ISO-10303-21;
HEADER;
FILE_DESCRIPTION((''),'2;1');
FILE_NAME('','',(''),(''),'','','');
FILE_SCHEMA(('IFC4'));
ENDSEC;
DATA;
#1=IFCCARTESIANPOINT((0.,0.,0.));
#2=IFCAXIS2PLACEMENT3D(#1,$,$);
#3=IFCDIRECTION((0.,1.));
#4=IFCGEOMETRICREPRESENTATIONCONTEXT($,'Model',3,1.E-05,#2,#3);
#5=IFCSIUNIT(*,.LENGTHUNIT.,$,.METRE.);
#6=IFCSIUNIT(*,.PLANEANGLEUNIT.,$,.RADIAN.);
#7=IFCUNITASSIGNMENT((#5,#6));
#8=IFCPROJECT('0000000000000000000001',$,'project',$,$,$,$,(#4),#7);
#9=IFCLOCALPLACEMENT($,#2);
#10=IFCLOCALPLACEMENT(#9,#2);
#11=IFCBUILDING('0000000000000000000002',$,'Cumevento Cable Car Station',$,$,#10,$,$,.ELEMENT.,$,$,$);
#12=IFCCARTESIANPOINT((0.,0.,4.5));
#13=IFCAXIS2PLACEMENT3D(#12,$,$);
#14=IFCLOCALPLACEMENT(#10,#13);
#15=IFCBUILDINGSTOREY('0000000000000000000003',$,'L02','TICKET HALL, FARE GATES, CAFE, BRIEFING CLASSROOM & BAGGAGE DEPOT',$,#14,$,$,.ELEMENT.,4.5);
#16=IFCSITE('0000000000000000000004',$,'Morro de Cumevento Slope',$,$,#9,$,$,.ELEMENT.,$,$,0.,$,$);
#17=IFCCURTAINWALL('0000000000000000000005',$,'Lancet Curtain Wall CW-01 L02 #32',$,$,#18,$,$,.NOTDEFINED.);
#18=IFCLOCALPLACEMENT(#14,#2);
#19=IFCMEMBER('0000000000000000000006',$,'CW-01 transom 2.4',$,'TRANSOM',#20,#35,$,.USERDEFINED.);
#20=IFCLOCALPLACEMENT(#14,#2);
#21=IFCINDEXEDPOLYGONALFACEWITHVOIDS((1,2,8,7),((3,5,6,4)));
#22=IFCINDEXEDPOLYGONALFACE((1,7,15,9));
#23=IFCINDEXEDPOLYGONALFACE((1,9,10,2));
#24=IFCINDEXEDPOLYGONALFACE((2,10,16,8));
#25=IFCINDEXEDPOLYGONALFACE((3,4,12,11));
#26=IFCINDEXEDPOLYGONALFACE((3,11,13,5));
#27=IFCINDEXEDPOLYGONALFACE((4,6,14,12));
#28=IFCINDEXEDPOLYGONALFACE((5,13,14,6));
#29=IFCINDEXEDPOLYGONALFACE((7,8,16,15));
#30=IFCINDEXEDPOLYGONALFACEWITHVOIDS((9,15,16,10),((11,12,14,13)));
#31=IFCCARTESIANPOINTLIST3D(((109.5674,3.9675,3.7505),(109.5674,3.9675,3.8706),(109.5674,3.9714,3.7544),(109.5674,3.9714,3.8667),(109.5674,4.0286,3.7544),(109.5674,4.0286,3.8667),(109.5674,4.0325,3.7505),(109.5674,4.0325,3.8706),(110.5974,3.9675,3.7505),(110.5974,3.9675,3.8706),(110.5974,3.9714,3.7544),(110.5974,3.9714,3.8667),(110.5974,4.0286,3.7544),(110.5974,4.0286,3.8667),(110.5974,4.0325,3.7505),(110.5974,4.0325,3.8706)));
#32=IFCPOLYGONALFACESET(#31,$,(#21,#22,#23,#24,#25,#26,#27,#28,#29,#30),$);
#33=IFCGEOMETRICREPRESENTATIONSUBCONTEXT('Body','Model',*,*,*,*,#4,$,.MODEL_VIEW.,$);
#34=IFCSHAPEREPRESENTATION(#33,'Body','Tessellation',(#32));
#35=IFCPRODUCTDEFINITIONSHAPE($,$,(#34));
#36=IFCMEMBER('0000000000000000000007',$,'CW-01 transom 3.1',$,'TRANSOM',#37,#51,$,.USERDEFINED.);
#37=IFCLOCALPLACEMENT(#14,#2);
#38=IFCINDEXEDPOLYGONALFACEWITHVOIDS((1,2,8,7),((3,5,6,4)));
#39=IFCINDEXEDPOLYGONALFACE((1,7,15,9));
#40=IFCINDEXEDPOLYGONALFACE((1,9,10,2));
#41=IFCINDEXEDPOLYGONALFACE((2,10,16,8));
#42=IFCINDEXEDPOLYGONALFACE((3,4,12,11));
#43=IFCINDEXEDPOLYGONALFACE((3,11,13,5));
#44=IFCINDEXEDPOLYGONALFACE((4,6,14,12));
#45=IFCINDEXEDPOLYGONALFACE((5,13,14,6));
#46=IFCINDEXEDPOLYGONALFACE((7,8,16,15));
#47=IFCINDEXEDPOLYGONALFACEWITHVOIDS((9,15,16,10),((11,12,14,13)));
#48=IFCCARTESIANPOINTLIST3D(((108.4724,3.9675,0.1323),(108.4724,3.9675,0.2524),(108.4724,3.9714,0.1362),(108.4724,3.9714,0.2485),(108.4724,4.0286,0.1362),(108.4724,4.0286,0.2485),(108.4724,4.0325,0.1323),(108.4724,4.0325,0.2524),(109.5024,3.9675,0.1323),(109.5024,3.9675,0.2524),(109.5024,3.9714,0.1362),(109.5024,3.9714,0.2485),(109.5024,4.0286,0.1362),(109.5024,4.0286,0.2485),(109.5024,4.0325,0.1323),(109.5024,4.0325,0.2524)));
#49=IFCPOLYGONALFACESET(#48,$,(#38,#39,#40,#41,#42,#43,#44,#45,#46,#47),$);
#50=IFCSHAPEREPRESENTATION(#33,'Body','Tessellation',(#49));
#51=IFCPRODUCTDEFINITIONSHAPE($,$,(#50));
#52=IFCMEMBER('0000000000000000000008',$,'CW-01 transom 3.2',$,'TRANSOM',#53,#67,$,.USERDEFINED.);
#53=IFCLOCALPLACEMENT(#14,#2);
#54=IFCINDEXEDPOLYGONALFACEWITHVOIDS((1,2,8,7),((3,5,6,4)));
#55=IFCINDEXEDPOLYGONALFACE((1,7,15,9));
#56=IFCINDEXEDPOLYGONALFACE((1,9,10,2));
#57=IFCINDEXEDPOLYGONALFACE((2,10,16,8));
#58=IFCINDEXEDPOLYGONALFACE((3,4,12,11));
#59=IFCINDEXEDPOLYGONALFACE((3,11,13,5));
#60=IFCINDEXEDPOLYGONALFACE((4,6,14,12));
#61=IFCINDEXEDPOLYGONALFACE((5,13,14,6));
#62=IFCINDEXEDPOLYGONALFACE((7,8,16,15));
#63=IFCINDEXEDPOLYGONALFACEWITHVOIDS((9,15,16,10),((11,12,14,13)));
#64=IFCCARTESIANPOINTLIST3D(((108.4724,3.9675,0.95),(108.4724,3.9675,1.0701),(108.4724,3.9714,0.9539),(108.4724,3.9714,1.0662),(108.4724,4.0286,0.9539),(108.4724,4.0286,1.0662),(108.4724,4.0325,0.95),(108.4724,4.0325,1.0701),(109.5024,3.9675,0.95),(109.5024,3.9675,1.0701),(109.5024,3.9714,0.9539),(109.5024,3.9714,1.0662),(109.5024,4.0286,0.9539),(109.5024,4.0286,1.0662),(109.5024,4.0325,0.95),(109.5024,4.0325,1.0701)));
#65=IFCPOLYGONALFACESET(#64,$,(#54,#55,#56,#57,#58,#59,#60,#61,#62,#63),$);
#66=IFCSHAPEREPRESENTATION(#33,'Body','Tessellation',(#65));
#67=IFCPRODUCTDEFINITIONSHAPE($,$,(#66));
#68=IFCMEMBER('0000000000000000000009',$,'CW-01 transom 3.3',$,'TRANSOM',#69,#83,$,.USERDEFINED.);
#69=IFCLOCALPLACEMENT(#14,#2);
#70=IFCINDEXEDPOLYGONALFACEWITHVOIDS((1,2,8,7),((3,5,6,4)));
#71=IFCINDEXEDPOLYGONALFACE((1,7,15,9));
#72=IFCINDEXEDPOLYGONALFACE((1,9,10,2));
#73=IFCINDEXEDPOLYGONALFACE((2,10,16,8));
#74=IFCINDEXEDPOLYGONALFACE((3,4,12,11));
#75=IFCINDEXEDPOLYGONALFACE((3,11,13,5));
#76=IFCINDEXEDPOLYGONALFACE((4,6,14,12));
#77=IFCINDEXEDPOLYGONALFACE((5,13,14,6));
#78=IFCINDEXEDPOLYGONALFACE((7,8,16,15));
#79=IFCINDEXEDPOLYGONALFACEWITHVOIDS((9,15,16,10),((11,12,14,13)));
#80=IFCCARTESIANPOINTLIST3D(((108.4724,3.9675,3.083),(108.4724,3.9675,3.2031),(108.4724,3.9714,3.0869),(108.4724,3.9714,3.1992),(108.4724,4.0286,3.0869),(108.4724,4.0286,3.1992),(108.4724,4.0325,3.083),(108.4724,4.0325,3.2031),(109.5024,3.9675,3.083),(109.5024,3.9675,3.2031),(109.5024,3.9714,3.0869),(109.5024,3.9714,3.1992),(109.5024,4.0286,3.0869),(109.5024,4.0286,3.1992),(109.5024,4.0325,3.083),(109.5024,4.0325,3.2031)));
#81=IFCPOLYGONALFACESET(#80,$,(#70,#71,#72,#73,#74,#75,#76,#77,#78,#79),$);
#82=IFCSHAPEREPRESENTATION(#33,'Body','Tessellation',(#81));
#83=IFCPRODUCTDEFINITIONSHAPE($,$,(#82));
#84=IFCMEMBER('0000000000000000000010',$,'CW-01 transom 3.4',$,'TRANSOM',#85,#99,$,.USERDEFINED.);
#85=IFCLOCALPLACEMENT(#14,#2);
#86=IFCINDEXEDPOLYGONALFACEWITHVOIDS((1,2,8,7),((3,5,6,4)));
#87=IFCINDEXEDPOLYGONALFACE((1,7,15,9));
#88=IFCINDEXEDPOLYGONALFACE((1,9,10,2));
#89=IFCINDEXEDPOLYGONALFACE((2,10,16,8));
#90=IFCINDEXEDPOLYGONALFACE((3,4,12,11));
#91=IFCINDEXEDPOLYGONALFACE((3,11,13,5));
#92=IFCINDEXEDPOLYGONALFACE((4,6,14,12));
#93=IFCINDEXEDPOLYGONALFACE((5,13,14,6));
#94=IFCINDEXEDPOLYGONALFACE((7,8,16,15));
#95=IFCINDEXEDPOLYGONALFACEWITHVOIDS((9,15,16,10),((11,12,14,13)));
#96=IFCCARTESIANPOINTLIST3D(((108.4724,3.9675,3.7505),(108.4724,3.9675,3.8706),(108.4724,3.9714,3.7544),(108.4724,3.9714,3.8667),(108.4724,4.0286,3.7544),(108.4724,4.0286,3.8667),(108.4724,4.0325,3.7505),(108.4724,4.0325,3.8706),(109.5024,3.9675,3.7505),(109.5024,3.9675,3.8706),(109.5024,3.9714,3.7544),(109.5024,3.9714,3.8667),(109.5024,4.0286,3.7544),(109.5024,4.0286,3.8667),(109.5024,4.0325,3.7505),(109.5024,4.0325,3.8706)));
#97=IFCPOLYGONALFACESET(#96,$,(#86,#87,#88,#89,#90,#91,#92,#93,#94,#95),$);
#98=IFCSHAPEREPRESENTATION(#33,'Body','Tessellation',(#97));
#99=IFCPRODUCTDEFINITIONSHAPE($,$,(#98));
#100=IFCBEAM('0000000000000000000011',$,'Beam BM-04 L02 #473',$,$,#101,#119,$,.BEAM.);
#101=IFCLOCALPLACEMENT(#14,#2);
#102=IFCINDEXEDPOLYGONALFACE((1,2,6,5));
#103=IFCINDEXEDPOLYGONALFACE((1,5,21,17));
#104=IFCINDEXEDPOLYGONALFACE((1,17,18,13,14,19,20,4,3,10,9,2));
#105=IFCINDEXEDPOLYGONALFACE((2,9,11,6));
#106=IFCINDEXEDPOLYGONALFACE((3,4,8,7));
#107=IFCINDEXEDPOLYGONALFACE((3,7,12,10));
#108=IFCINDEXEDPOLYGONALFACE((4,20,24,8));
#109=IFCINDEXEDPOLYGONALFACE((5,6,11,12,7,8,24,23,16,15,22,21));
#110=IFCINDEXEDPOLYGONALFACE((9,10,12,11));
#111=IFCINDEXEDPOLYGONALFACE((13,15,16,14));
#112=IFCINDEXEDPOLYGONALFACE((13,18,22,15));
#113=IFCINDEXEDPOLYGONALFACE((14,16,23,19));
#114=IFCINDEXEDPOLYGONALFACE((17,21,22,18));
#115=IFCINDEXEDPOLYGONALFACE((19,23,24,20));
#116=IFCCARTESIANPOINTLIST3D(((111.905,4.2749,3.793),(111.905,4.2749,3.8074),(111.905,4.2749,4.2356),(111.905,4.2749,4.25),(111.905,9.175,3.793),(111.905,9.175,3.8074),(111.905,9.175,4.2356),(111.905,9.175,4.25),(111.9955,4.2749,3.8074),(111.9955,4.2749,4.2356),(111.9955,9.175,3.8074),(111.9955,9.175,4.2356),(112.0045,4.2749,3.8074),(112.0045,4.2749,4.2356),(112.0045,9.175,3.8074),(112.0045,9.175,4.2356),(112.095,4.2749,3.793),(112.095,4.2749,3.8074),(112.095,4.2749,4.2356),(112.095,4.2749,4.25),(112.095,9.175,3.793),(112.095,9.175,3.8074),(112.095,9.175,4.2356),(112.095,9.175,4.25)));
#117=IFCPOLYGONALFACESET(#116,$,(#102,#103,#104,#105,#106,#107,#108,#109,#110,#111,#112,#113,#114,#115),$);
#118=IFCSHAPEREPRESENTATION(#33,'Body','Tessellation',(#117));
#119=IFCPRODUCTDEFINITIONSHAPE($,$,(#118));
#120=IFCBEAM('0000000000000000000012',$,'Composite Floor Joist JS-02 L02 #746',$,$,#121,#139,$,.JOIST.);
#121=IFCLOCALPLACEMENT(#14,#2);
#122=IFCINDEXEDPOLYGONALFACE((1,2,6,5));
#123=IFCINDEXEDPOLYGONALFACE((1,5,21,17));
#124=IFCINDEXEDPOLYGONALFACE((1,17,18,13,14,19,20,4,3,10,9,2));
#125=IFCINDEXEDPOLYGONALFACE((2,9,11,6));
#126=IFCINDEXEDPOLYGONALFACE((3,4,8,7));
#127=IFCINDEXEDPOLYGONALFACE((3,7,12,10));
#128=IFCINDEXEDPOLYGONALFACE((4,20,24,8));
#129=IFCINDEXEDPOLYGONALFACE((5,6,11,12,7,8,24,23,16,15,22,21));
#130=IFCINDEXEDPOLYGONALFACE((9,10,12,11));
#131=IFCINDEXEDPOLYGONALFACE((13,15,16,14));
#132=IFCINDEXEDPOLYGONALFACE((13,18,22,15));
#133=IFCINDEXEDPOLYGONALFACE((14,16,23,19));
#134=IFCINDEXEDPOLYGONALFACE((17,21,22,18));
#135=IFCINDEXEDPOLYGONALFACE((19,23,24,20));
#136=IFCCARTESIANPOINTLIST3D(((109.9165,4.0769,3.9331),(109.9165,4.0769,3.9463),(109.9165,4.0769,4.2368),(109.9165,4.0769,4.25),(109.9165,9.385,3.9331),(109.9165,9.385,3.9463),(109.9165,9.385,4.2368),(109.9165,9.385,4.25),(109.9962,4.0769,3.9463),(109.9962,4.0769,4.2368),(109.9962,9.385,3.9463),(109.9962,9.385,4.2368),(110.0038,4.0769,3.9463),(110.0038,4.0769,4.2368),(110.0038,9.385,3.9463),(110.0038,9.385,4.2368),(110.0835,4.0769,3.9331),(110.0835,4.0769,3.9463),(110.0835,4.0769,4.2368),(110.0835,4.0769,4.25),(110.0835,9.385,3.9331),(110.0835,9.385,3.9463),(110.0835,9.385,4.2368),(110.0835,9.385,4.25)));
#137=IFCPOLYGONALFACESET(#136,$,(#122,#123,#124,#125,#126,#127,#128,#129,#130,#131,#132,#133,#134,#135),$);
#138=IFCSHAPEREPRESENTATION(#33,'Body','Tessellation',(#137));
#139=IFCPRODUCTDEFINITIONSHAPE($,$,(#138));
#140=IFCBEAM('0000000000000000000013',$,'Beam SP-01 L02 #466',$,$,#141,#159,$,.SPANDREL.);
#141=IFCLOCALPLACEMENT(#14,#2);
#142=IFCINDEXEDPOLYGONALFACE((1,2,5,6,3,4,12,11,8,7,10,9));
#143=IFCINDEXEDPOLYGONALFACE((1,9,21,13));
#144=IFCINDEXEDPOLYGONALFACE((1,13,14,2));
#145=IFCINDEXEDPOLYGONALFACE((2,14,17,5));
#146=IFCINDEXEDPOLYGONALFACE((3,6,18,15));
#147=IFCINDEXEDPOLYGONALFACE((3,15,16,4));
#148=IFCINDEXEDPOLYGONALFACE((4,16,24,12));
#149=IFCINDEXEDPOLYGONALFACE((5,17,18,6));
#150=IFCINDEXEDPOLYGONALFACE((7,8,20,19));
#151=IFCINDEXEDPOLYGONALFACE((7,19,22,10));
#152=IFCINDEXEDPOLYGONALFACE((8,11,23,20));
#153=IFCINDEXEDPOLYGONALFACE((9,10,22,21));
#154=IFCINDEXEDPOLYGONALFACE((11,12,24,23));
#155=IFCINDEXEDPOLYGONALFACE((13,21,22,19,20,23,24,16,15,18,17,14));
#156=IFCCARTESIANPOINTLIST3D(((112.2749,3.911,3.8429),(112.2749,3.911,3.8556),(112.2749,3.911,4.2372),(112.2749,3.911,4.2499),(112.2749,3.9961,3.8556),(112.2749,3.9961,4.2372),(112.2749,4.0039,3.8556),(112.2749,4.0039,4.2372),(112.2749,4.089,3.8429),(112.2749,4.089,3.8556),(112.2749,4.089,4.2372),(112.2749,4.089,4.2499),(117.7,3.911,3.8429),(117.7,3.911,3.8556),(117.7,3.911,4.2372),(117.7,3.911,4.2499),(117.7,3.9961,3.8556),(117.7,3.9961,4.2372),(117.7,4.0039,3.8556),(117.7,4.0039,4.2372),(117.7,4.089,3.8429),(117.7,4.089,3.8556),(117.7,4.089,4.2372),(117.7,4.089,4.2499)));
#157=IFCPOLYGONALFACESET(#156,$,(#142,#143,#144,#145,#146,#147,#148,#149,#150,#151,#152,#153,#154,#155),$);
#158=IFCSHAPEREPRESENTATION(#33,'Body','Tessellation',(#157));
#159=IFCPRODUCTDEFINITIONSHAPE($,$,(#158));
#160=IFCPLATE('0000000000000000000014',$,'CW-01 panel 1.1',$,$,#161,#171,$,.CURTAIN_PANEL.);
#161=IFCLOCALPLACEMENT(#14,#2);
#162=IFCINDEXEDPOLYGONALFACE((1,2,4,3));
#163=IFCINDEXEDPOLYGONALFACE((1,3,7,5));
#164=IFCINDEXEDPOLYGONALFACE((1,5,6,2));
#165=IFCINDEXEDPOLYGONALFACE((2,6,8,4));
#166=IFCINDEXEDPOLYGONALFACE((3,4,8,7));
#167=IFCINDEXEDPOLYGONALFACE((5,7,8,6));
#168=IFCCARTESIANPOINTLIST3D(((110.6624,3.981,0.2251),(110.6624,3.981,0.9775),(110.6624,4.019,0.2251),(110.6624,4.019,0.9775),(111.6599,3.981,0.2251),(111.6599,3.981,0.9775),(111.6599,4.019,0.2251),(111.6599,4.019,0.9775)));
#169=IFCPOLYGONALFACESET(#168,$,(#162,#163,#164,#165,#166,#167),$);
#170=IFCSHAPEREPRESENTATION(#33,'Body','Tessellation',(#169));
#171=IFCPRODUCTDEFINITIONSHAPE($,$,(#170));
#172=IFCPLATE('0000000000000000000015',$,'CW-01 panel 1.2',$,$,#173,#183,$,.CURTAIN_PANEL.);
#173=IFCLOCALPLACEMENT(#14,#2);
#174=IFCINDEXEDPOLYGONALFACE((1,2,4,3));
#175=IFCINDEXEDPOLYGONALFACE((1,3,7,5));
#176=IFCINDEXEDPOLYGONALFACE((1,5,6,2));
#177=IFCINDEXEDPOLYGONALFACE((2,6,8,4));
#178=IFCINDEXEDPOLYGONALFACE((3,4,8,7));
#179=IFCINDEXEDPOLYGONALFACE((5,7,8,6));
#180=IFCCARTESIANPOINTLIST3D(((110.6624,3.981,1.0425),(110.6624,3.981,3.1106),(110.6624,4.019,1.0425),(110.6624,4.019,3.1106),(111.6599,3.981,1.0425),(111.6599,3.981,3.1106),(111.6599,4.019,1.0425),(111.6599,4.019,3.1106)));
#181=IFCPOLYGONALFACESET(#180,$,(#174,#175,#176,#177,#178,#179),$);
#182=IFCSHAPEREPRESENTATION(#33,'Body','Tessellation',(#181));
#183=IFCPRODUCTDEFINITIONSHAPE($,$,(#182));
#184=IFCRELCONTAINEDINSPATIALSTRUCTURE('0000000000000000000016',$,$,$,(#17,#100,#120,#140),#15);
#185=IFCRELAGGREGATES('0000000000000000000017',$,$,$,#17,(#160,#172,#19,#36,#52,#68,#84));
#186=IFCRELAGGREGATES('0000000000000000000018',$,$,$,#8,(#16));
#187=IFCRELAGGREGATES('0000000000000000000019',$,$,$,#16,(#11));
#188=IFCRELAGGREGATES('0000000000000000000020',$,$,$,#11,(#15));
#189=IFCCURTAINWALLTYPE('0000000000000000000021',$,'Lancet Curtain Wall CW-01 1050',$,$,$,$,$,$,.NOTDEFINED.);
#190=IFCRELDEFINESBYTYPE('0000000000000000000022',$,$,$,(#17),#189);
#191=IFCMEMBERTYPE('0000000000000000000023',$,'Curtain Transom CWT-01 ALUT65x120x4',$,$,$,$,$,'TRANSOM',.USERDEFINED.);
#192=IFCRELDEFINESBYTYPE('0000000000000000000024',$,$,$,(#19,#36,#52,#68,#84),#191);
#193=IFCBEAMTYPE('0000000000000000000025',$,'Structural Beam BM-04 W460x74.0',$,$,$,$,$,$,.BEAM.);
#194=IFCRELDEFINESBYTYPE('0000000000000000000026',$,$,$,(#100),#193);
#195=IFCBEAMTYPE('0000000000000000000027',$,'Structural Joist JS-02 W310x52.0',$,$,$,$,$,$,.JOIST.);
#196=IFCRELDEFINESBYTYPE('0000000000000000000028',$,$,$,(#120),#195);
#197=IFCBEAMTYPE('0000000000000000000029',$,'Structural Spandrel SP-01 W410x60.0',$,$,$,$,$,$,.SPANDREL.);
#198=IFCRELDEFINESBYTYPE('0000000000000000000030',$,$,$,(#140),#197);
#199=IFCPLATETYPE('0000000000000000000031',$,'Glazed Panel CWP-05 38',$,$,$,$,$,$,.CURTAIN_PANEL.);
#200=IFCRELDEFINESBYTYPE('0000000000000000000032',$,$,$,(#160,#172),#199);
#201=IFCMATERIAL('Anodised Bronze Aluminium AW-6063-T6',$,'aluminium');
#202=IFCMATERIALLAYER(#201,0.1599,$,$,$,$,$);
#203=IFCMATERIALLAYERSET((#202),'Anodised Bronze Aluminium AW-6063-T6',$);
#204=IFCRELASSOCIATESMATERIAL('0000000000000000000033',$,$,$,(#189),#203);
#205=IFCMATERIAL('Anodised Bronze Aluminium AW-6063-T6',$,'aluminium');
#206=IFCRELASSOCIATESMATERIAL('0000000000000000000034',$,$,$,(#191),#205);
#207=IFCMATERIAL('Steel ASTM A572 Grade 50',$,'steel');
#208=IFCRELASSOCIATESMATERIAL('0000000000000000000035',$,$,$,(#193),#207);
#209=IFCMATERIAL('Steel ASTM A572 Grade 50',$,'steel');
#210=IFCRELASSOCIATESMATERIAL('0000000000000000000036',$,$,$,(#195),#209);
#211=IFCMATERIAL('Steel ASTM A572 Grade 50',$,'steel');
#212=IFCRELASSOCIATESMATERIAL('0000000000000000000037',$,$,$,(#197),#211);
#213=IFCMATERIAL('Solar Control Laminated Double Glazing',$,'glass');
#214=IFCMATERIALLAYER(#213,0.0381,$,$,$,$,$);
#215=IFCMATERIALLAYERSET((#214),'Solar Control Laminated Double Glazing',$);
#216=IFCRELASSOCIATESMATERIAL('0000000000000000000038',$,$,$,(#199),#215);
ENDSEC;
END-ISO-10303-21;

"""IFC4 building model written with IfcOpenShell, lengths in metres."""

from ifc_helpers import new_model, si_unit, direction, frame, origin, origin_2d, place, context, subcontext, project, spatial, rectangle, hollow_rectangle, i_section, extrude, material, layer, layer_set, material_profile, profile_set, type_object, element, aggregate, save


model = new_model("IFC4")

# Units and contexts
model_context = context("Model", 3, precision=1e-05, world=origin(), true_north=direction((0.0, 1.0)))
body_context = subcontext(model_context, "Body", "Model", "MODEL_VIEW")
ifc_project = project(units=[si_unit("LENGTHUNIT", "METRE"), si_unit("PLANEANGLEUNIT", "RADIAN")], contexts=[model_context])

# Site, building, storey
site_placement = place(None, origin())
site = spatial("IfcSite", under=ifc_project, at=site_placement, Name="Morro de Cumevento Slope", CompositionType="ELEMENT", RefElevation=0.0)
building_placement = place(site_placement, origin())
building = spatial("IfcBuilding", under=site, at=building_placement, Name="Cumevento Cable Car Station", CompositionType="ELEMENT")
storey_placement = place(building_placement, frame((0.0, 0.0, 4.5)))
storey = spatial("IfcBuildingStorey", under=building, at=storey_placement, Name="L02", Description="TICKET HALL, FARE GATES, CAFE, BRIEFING CLASSROOM & BAGGAGE DEPOT", CompositionType="ELEMENT", Elevation=4.5)

# Curtain wall, members
ifc_material_1 = material(Name="Anodised Bronze Aluminium AW-6063-T6", Category="aluminium")
ifc_layer_1 = layer(ifc_material_1, 0.1599)
ifc_layer_set_1 = layer_set([ifc_layer_1], Name="Anodised Bronze Aluminium AW-6063-T6")
curtain_wall_type = type_object("IfcCurtainWallType", Name="Lancet Curtain Wall CW-01 1050", PredefinedType="NOTDEFINED", material=ifc_layer_set_1)
curtain_wall_placement = place(storey_placement, origin())
curtain_wall = element("IfcCurtainWall", 1, at=curtain_wall_placement, inside=storey, type_object=curtain_wall_type, Name="Lancet Curtain Wall CW-01 L02 #32", PredefinedType="NOTDEFINED")
ifc_material_2 = material(Name="Anodised Bronze Aluminium AW-6063-T6", Category="aluminium")
ifc_material_profile_1 = material_profile(ifc_material_2, hollow_rectangle(XDim=0.0649, YDim=0.1201, WallThickness=0.0039, at=origin_2d()), Name="ALUT65x120x4")
ifc_profile_set_1 = profile_set([ifc_material_profile_1], Name="Anodised Bronze Aluminium AW-6063-T6")
member_type_1 = type_object("IfcMemberType", Name="Curtain Transom CWT-01 ALUT65x120x4", ElementType="TRANSOM", PredefinedType="USERDEFINED", material=ifc_profile_set_1)
member_1_placement = place(storey_placement, frame((110.5974, 4.0, 3.8105), z_axis=(-1.0, 0.0, 0.0), x_axis=(0.0, -1.0, 0.0)))
member_1 = element("IfcMember", 2, at=member_1_placement, type_object=member_type_1, Name="CW-01 transom 2.4", ObjectType="TRANSOM", PredefinedType="USERDEFINED", context=body_context, shape_type="SweptSolid", body=[
    extrude(hollow_rectangle(XDim=0.0649, YDim=0.1201, WallThickness=0.0039, at=origin_2d()), origin(), (0.0, 0.0, 1.0), 1.03),
])
member_2_placement = place(storey_placement, frame((109.5024, 4.0, 0.1924), z_axis=(-1.0, 0.0, 0.0), x_axis=(0.0, -1.0, 0.0)))
member_2 = element("IfcMember", 3, at=member_2_placement, type_object=member_type_1, Name="CW-01 transom 3.1", ObjectType="TRANSOM", PredefinedType="USERDEFINED", context=body_context, shape_type="SweptSolid", body=[
    extrude(hollow_rectangle(XDim=0.0649, YDim=0.1201, WallThickness=0.0039, at=origin_2d()), origin(), (0.0, 0.0, 1.0), 1.03),
])
member_3_placement = place(storey_placement, frame((109.5024, 4.0, 1.01), z_axis=(-1.0, 0.0, 0.0), x_axis=(0.0, -1.0, 0.0)))
member_3 = element("IfcMember", 4, at=member_3_placement, type_object=member_type_1, Name="CW-01 transom 3.2", ObjectType="TRANSOM", PredefinedType="USERDEFINED", context=body_context, shape_type="SweptSolid", body=[
    extrude(hollow_rectangle(XDim=0.0649, YDim=0.1201, WallThickness=0.0039, at=origin_2d()), origin(), (0.0, 0.0, 1.0), 1.03),
])
member_4_placement = place(storey_placement, frame((109.5024, 4.0, 3.1431), z_axis=(-1.0, 0.0, 0.0), x_axis=(0.0, -1.0, 0.0)))
member_4 = element("IfcMember", 5, at=member_4_placement, type_object=member_type_1, Name="CW-01 transom 3.3", ObjectType="TRANSOM", PredefinedType="USERDEFINED", context=body_context, shape_type="SweptSolid", body=[
    extrude(hollow_rectangle(XDim=0.0649, YDim=0.1201, WallThickness=0.0039, at=origin_2d()), origin(), (0.0, 0.0, 1.0), 1.03),
])
member_5_placement = place(storey_placement, frame((109.5024, 4.0, 3.8105), z_axis=(-1.0, 0.0, 0.0), x_axis=(0.0, -1.0, 0.0)))
member_5 = element("IfcMember", 6, at=member_5_placement, type_object=member_type_1, Name="CW-01 transom 3.4", ObjectType="TRANSOM", PredefinedType="USERDEFINED", context=body_context, shape_type="SweptSolid", body=[
    extrude(hollow_rectangle(XDim=0.0649, YDim=0.1201, WallThickness=0.0039, at=origin_2d()), origin(), (0.0, 0.0, 1.0), 1.03),
])

# Beams
ifc_material_3 = material(Name="Steel ASTM A572 Grade 50", Category="steel")
ifc_material_profile_2 = material_profile(ifc_material_3, i_section(OverallWidth=0.1899, OverallDepth=0.457, WebThickness=0.009, FlangeThickness=0.0144, at=origin_2d()), Name="W460x74.0")
ifc_profile_set_2 = profile_set([ifc_material_profile_2], Name="Steel ASTM A572 Grade 50")
beam_type_1 = type_object("IfcBeamType", Name="Structural Beam BM-04 W460x74.0", PredefinedType="BEAM", material=ifc_profile_set_2)
beam_1_placement = place(storey_placement, frame((112.0, 4.2749, 4.0215), z_axis=(0.0, 1.0, 0.0), x_axis=(-1.0, 0.0, 0.0)))
element("IfcBeam", 7, at=beam_1_placement, inside=storey, type_object=beam_type_1, Name="Beam BM-04 L02 #473", PredefinedType="BEAM", context=body_context, shape_type="SweptSolid", body=[
    extrude(i_section(OverallWidth=0.1899, OverallDepth=0.457, WebThickness=0.009, FlangeThickness=0.0144, at=origin_2d()), origin(), (0.0, 0.0, 1.0), 4.9001),
])
ifc_material_4 = material(Name="Steel ASTM A572 Grade 50", Category="steel")
ifc_material_profile_3 = material_profile(ifc_material_4, i_section(OverallWidth=0.167, OverallDepth=0.3169, WebThickness=0.0076, FlangeThickness=0.0132, at=origin_2d()), Name="W310x52.0")
ifc_profile_set_3 = profile_set([ifc_material_profile_3], Name="Steel ASTM A572 Grade 50")
beam_type_2 = type_object("IfcBeamType", Name="Structural Joist JS-02 W310x52.0", PredefinedType="JOIST", material=ifc_profile_set_3)
beam_2_placement = place(storey_placement, frame((110.0, 4.0769, 4.0916), z_axis=(0.0, 1.0, 0.0), x_axis=(-1.0, 0.0, 0.0)))
element("IfcBeam", 8, at=beam_2_placement, inside=storey, type_object=beam_type_2, Name="Composite Floor Joist JS-02 L02 #746", PredefinedType="JOIST", context=body_context, shape_type="SweptSolid", body=[
    extrude(i_section(OverallWidth=0.167, OverallDepth=0.3169, WebThickness=0.0076, FlangeThickness=0.0132, at=origin_2d()), origin(), (0.0, 0.0, 1.0), 5.3081),
])
ifc_material_5 = material(Name="Steel ASTM A572 Grade 50", Category="steel")
ifc_material_profile_4 = material_profile(ifc_material_5, i_section(OverallWidth=0.178, OverallDepth=0.407, WebThickness=0.0078, FlangeThickness=0.0127, at=origin_2d()), Name="W410x60.0")
ifc_profile_set_4 = profile_set([ifc_material_profile_4], Name="Steel ASTM A572 Grade 50")
beam_type_3 = type_object("IfcBeamType", Name="Structural Spandrel SP-01 W410x60.0", PredefinedType="SPANDREL", material=ifc_profile_set_4)
beam_3_placement = place(storey_placement, frame((112.2749, 4.0, 4.0464), z_axis=(1.0, 0.0, 0.0), x_axis=(0.0, 1.0, 0.0)))
element("IfcBeam", 9, at=beam_3_placement, inside=storey, type_object=beam_type_3, Name="Beam SP-01 L02 #466", PredefinedType="SPANDREL", context=body_context, shape_type="SweptSolid", body=[
    extrude(i_section(OverallWidth=0.178, OverallDepth=0.407, WebThickness=0.0078, FlangeThickness=0.0127, at=origin_2d()), origin(), (0.0, 0.0, 1.0), 5.425),
])

# Plates
ifc_material_6 = material(Name="Solar Control Laminated Double Glazing", Category="glass")
ifc_layer_2 = layer(ifc_material_6, 0.0381)
ifc_layer_set_2 = layer_set([ifc_layer_2], Name="Solar Control Laminated Double Glazing")
plate_type = type_object("IfcPlateType", Name="Glazed Panel CWP-05 38", PredefinedType="CURTAIN_PANEL", material=ifc_layer_set_2)
plate_1_placement = place(storey_placement, frame((111.1611, 4.0, 0.2251), z_axis=(0.0, 0.0, 1.0), x_axis=(-1.0, 0.0, 0.0)))
plate_1 = element("IfcPlate", 10, at=plate_1_placement, type_object=plate_type, Name="CW-01 panel 1.1", PredefinedType="CURTAIN_PANEL", context=body_context, shape_type="SweptSolid", body=[
    extrude(rectangle(XDim=0.9976, YDim=0.0381, at=origin_2d()), origin(), (0.0, 0.0, 1.0), 0.7524),
])
plate_2_placement = place(storey_placement, frame((111.1611, 4.0, 1.0425), z_axis=(0.0, 0.0, 1.0), x_axis=(-1.0, 0.0, 0.0)))
plate_2 = element("IfcPlate", 11, at=plate_2_placement, type_object=plate_type, Name="CW-01 panel 1.2", PredefinedType="CURTAIN_PANEL", context=body_context, shape_type="SweptSolid", body=[
    extrude(rectangle(XDim=0.9976, YDim=0.0381, at=origin_2d()), origin(), (0.0, 0.0, 1.0), 2.0681),
])
aggregate(curtain_wall, [plate_1, plate_2, member_1, member_2, member_3, member_4, member_5])

save(model, "model.ifc")
